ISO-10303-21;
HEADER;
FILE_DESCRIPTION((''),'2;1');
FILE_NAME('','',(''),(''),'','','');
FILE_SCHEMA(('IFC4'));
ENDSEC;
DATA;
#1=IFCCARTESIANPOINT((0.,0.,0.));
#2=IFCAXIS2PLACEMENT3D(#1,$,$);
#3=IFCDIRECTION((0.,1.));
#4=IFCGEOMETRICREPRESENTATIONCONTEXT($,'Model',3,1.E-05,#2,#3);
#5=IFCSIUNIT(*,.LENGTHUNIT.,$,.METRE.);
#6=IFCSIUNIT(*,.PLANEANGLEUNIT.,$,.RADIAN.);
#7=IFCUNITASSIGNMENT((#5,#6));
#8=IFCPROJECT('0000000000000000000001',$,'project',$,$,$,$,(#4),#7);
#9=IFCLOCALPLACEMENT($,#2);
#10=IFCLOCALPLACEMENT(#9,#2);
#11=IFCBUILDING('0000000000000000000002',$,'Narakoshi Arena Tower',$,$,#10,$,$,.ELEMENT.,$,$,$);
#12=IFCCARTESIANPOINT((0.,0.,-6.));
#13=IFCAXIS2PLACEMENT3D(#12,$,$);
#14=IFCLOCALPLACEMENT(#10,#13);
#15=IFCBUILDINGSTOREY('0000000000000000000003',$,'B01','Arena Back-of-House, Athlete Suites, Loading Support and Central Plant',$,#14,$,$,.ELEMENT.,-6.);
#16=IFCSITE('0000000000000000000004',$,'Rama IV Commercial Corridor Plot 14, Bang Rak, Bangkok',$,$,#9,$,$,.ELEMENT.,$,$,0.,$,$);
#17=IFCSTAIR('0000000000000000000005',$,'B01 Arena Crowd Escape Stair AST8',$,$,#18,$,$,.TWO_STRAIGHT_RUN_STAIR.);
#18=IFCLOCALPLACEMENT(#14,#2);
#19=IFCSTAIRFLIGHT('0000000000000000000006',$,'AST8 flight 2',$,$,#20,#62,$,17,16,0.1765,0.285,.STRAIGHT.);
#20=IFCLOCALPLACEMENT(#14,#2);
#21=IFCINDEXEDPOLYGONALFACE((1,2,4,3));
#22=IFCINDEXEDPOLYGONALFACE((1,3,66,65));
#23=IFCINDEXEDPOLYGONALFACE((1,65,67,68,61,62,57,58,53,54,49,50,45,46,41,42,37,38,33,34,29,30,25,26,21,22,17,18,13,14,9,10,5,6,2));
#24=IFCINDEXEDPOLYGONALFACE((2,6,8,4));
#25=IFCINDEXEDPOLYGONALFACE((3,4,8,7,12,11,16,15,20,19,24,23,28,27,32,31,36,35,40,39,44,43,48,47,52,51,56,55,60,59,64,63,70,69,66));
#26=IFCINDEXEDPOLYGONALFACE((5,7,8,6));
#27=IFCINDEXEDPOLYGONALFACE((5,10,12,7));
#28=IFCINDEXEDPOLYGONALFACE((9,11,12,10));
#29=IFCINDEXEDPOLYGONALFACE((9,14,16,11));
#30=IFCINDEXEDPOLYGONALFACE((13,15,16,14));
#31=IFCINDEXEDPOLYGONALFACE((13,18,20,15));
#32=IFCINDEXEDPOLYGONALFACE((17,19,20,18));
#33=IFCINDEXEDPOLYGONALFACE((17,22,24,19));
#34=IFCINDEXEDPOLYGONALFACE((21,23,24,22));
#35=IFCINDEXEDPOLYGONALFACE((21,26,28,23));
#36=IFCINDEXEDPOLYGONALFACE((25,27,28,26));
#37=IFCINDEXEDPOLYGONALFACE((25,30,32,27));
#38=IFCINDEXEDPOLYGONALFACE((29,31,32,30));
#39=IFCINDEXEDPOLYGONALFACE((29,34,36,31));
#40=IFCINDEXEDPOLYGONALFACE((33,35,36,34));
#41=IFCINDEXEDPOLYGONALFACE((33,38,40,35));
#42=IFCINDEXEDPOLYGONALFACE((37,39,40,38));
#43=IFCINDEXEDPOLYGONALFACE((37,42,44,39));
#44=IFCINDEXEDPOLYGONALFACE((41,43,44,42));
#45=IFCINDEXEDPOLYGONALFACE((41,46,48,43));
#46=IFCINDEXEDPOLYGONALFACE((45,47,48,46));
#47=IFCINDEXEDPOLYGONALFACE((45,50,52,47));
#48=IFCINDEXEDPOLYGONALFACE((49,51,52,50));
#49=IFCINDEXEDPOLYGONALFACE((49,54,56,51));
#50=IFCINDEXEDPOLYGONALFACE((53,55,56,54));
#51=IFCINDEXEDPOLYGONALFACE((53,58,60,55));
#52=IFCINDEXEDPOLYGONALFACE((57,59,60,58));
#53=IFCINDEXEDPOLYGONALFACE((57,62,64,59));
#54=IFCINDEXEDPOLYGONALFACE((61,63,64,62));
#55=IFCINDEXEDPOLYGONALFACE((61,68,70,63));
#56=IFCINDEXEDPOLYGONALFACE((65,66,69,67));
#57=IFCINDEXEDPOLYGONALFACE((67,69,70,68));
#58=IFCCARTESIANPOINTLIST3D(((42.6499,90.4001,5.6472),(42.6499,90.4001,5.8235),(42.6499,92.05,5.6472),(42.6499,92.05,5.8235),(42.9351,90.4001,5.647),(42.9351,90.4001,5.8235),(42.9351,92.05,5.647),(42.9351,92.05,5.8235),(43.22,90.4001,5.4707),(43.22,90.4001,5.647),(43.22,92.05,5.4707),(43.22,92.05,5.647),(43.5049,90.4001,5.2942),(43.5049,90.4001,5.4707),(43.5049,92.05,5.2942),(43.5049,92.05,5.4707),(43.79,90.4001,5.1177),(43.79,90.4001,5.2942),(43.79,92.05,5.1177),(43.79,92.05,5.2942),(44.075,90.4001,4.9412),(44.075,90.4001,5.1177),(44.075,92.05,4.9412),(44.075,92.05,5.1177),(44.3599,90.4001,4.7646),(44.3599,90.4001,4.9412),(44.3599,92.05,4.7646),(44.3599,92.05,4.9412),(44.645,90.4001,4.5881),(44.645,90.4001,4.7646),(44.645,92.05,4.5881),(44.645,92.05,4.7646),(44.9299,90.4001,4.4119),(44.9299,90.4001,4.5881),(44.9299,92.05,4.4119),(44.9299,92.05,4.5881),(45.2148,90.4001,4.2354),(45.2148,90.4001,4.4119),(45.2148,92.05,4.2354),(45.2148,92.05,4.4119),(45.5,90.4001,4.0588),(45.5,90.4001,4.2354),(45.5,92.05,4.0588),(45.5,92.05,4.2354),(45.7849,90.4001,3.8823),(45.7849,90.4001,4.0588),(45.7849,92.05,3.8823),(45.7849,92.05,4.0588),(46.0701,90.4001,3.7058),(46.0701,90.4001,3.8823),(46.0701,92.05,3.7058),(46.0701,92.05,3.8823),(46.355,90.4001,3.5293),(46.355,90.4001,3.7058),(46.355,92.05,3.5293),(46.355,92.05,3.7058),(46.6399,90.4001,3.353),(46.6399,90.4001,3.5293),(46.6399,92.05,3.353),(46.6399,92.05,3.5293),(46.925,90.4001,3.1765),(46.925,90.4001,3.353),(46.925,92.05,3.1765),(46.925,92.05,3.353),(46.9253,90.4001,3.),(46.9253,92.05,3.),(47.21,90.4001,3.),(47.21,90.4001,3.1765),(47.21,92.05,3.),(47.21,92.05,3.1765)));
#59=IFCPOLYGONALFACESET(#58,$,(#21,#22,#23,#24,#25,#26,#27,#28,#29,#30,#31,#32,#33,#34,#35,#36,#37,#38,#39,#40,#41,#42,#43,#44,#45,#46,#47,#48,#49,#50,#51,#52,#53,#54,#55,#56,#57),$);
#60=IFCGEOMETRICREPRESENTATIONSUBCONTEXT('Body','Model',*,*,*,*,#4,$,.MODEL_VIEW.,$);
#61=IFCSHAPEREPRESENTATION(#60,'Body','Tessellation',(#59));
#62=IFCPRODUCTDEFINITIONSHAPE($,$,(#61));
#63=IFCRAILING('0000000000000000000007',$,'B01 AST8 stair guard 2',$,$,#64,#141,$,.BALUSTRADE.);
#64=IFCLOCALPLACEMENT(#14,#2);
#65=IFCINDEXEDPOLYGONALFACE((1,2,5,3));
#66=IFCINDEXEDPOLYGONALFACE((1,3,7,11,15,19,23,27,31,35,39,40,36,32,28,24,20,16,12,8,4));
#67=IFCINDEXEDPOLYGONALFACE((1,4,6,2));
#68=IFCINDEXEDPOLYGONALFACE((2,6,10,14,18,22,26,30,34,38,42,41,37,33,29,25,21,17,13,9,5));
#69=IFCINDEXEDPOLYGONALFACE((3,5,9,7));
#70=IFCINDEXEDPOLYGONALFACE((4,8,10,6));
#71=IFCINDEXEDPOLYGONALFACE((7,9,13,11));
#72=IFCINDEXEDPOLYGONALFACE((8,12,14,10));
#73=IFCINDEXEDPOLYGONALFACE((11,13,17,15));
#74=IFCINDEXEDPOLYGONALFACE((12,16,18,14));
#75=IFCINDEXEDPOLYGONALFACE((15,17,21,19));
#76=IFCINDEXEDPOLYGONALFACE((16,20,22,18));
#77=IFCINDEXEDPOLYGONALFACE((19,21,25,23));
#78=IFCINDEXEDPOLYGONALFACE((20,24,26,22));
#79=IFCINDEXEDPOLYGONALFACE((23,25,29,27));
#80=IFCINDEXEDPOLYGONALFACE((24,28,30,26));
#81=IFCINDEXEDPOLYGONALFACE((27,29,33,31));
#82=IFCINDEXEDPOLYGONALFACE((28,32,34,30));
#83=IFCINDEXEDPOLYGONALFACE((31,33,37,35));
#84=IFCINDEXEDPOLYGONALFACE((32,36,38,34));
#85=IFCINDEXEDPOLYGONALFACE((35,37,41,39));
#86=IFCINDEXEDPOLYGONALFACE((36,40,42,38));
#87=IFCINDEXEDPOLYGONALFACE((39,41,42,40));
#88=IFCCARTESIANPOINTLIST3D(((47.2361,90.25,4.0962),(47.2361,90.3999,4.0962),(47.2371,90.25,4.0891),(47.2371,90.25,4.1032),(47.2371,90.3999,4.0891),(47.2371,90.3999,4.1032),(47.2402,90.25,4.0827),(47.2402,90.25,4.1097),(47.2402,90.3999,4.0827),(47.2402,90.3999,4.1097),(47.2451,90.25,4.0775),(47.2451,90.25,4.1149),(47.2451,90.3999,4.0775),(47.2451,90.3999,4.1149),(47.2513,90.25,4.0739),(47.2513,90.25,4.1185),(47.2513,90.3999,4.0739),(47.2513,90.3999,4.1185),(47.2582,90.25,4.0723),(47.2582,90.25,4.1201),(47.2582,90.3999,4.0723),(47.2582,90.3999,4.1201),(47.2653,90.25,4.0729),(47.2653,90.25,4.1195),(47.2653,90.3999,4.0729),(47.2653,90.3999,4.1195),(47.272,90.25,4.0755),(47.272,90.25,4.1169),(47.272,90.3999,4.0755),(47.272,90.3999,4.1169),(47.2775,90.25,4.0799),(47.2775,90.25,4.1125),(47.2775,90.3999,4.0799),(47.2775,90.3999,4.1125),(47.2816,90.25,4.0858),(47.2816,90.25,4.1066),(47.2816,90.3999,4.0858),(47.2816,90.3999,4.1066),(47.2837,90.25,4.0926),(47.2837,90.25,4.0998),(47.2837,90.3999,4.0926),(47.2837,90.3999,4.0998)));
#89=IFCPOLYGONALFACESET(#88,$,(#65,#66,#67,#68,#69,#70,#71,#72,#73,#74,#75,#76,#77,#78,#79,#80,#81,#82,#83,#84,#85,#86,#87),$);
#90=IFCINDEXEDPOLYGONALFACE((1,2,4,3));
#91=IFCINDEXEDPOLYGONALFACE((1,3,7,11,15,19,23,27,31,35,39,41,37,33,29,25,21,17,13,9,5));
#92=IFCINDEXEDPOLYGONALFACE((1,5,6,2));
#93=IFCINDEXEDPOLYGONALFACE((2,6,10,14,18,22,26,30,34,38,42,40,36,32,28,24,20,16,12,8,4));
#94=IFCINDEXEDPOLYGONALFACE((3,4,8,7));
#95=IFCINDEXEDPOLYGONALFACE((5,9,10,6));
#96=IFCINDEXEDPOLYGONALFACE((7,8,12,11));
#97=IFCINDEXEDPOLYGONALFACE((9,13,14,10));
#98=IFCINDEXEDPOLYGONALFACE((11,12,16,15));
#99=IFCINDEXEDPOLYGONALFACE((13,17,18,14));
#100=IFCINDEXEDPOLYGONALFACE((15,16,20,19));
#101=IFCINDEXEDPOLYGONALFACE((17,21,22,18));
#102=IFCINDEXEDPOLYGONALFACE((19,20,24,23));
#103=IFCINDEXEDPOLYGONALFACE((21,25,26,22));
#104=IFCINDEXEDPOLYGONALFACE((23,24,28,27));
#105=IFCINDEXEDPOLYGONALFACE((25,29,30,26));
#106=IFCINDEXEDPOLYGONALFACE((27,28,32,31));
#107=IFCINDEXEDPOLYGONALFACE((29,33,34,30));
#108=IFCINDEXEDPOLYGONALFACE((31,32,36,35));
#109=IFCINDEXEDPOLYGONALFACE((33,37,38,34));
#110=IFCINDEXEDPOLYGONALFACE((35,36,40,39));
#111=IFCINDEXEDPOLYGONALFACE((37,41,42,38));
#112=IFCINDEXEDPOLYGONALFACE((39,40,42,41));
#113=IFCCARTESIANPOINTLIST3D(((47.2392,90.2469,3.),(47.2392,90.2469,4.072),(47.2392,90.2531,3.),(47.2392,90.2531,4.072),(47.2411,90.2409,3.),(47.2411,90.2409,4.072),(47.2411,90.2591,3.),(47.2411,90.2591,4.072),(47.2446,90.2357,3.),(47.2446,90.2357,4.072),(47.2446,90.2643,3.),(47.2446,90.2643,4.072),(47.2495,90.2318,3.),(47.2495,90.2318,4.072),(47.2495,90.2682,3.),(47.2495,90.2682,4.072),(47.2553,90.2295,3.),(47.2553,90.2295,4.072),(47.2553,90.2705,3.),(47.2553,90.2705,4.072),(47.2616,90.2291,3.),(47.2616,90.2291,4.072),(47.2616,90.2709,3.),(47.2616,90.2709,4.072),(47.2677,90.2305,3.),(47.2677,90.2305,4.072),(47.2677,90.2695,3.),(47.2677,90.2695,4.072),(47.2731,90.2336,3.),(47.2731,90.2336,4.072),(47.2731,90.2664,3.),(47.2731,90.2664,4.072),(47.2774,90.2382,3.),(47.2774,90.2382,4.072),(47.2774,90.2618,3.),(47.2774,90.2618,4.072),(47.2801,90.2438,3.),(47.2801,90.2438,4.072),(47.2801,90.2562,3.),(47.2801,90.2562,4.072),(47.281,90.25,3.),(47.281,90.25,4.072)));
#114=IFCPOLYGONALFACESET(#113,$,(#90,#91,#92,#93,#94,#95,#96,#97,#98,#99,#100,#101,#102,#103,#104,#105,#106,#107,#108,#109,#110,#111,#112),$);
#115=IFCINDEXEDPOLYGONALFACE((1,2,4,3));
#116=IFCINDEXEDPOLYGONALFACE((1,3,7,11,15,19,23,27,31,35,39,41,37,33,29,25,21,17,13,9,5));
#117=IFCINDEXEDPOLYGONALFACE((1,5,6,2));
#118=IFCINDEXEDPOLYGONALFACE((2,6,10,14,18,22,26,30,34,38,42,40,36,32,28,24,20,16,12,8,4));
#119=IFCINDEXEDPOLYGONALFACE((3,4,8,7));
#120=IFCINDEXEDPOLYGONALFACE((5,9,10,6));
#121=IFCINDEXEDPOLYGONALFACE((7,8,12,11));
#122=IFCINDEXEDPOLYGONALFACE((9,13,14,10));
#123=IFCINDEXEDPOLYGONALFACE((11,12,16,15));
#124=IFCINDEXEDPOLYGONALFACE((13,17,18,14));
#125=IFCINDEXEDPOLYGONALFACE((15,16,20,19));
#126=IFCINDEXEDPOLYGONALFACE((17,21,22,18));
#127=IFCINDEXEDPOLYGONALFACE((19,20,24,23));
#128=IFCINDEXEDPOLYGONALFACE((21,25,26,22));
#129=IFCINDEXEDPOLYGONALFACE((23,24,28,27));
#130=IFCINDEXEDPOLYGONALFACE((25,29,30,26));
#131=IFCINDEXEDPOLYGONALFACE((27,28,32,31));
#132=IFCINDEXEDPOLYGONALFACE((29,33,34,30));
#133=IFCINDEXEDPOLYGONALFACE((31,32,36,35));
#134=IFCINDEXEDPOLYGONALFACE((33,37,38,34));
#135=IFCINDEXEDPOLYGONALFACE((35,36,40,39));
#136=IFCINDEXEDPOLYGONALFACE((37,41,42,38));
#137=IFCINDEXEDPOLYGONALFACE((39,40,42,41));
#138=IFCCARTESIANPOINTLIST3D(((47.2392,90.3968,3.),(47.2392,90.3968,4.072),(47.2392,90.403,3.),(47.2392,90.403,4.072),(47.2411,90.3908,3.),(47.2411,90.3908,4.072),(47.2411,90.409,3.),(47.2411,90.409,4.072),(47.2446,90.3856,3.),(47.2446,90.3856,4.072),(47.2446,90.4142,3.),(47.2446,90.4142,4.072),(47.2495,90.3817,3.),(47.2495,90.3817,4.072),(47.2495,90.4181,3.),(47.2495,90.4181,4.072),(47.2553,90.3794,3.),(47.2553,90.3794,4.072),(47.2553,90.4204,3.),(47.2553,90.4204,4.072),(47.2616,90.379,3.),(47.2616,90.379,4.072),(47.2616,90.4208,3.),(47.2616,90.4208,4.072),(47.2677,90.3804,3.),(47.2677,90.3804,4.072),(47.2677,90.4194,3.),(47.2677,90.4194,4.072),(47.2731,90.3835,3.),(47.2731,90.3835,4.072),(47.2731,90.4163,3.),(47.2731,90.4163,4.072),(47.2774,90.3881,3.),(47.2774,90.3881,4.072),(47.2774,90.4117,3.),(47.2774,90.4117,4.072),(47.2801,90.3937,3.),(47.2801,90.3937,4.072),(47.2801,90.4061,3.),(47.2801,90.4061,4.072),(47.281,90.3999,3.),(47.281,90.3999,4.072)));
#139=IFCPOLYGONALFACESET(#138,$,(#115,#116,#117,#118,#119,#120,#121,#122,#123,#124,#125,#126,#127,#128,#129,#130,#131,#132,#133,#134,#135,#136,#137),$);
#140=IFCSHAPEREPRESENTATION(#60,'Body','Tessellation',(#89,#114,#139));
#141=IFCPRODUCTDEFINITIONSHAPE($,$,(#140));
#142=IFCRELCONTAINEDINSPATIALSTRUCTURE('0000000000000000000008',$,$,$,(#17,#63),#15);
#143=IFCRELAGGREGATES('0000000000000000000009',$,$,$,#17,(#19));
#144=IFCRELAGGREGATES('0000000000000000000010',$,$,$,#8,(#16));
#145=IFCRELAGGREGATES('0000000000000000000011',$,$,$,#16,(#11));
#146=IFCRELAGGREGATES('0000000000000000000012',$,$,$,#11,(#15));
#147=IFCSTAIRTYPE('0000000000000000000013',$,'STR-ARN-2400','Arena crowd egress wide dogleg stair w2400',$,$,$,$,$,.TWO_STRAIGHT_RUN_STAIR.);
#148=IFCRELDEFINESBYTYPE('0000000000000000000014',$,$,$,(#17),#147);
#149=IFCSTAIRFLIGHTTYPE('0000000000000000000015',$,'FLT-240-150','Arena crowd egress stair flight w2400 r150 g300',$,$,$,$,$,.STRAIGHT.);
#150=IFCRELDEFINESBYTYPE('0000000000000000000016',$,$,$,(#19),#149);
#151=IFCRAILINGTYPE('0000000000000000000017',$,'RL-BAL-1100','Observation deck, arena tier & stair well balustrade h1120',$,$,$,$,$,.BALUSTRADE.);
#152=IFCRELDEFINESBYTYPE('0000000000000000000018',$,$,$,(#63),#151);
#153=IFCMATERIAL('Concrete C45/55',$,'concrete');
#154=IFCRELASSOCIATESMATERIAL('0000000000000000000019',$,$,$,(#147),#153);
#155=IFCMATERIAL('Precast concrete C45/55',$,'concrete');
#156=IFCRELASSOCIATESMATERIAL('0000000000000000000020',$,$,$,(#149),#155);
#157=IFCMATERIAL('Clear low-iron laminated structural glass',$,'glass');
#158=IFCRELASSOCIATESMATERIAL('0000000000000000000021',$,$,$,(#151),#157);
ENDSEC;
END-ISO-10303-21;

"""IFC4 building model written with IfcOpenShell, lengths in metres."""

from ifc_helpers import new_model, si_unit, direction, frame, origin, origin_2d, place, context, subcontext, project, spatial, polyline, circle, outline, extrude, material, type_object, element, aggregate, save


model = new_model("IFC4")

# Units and contexts
model_context = context("Model", 3, precision=1e-05, world=origin(), true_north=direction((0.0, 1.0)))
body_context = subcontext(model_context, "Body", "Model", "MODEL_VIEW")
ifc_project = project(units=[si_unit("LENGTHUNIT", "METRE"), si_unit("PLANEANGLEUNIT", "RADIAN")], contexts=[model_context])

# Site, building, storey
site_placement = place(None, origin())
site = spatial("IfcSite", under=ifc_project, at=site_placement, Name="Rama IV Commercial Corridor Plot 14, Bang Rak, Bangkok", CompositionType="ELEMENT", RefElevation=0.0)
building_placement = place(site_placement, origin())
building = spatial("IfcBuilding", under=site, at=building_placement, Name="Narakoshi Arena Tower", CompositionType="ELEMENT")
storey_placement = place(building_placement, frame((0.0, 0.0, -6.0)))
storey = spatial("IfcBuildingStorey", under=building, at=storey_placement, Name="B01", Description="Arena Back-of-House, Athlete Suites, Loading Support and Central Plant", CompositionType="ELEMENT", Elevation=-6.0)

# Shared definitions
ifc_material_1 = material(Name="Concrete C45/55", Category="concrete")

# Stair, stair flight
stair_type = type_object("IfcStairType", Name="STR-ARN-2400", Description="Arena crowd egress wide dogleg stair w2400", PredefinedType="TWO_STRAIGHT_RUN_STAIR", material=ifc_material_1)
stair_placement = place(storey_placement, origin())
stair = element("IfcStair", 1, at=stair_placement, inside=storey, type_object=stair_type, Name="B01 Arena Crowd Escape Stair AST8", PredefinedType="TWO_STRAIGHT_RUN_STAIR")
ifc_material_2 = material(Name="Precast concrete C45/55", Category="concrete")
stair_flight_type = type_object("IfcStairFlightType", Name="FLT-240-150", Description="Arena crowd egress stair flight w2400 r150 g300", PredefinedType="STRAIGHT", material=ifc_material_2)
stair_flight_placement = place(storey_placement, frame((47.21, 91.2251, 3.0), z_axis=(0.0, 0.0, 1.0), x_axis=(-1.0, 0.0, 0.0)))
stair_flight = element("IfcStairFlight", 2, at=stair_flight_placement, type_object=stair_flight_type, Name="AST8 flight 2", NumberOfRisers=17, NumberOfTreads=16, PredefinedType="STRAIGHT", RiserHeight=0.1765, TreadLength=0.285, context=body_context, shape_type="SweptSolid", body=[
    extrude(outline(polyline([(0.0, 0.0), (0.0, 0.1765), (0.2849, 0.1765), (0.2849, 0.353), (0.5701, 0.353), (0.5701, 0.5293), (0.855, 0.5293), (0.855, 0.7058), (1.1399, 0.7058), (1.1399, 0.8823), (1.425, 0.8823), (1.425, 1.0588), (1.71, 1.0588), (1.71, 1.2354), (1.9951, 1.2354), (1.9951, 1.4119), (2.28, 1.4119), (2.28, 1.5881), (2.5649, 1.5881), (2.5649, 1.7646), (2.8501, 1.7646), (2.8501, 1.9412), (3.135, 1.9412), (3.135, 2.1177), (3.4199, 2.1177), (3.4199, 2.2942), (3.7051, 2.2942), (3.7051, 2.4707), (3.99, 2.4707), (3.99, 2.647), (4.2749, 2.647), (4.2749, 2.8235), (4.5601, 2.8235), (4.5601, 3.0), (4.5601, 2.6472), (0.2847, 0.0), (0.0, 0.0)])), frame((0.0, 0.825, 0.0), z_axis=(0.0, -1.0, 0.0), x_axis=(1.0, 0.0, 0.0)), (0.0, 0.0, 1.0), 1.6499),
])
aggregate(stair, [stair_flight])

# Railing
ifc_material_3 = material(Name="Clear low-iron laminated structural glass", Category="glass")
railing_type_1 = type_object("IfcRailingType", Name="RL-BAL-1100", Description="Observation deck, arena tier & stair well balustrade h1120", PredefinedType="BALUSTRADE", material=ifc_material_3)
railing_1_placement = place(storey_placement, frame((47.26, 90.25, 3.0)))
element("IfcRailing", 3, at=railing_1_placement, inside=storey, type_object=railing_type_1, Name="B01 AST8 stair guard 2", PredefinedType="BALUSTRADE", context=body_context, shape_type="SweptSolid", body=[
    extrude(circle(Radius=0.0239, at=origin_2d()), frame((0.0, 0.0, 1.0962), z_axis=(0.0, 1.0, 0.0), x_axis=(-1.0, 0.0, 0.0)), (0.0, 0.0, 1.0), 0.1499),
    extrude(circle(Radius=0.021, at=origin_2d()), origin(), (0.0, 0.0, 1.0), 1.072),
    extrude(circle(Radius=0.021, at=origin_2d()), frame((0.0, 0.1499, 0.0)), (0.0, 0.0, 1.0), 1.072),
])

save(model, "model.ifc")
